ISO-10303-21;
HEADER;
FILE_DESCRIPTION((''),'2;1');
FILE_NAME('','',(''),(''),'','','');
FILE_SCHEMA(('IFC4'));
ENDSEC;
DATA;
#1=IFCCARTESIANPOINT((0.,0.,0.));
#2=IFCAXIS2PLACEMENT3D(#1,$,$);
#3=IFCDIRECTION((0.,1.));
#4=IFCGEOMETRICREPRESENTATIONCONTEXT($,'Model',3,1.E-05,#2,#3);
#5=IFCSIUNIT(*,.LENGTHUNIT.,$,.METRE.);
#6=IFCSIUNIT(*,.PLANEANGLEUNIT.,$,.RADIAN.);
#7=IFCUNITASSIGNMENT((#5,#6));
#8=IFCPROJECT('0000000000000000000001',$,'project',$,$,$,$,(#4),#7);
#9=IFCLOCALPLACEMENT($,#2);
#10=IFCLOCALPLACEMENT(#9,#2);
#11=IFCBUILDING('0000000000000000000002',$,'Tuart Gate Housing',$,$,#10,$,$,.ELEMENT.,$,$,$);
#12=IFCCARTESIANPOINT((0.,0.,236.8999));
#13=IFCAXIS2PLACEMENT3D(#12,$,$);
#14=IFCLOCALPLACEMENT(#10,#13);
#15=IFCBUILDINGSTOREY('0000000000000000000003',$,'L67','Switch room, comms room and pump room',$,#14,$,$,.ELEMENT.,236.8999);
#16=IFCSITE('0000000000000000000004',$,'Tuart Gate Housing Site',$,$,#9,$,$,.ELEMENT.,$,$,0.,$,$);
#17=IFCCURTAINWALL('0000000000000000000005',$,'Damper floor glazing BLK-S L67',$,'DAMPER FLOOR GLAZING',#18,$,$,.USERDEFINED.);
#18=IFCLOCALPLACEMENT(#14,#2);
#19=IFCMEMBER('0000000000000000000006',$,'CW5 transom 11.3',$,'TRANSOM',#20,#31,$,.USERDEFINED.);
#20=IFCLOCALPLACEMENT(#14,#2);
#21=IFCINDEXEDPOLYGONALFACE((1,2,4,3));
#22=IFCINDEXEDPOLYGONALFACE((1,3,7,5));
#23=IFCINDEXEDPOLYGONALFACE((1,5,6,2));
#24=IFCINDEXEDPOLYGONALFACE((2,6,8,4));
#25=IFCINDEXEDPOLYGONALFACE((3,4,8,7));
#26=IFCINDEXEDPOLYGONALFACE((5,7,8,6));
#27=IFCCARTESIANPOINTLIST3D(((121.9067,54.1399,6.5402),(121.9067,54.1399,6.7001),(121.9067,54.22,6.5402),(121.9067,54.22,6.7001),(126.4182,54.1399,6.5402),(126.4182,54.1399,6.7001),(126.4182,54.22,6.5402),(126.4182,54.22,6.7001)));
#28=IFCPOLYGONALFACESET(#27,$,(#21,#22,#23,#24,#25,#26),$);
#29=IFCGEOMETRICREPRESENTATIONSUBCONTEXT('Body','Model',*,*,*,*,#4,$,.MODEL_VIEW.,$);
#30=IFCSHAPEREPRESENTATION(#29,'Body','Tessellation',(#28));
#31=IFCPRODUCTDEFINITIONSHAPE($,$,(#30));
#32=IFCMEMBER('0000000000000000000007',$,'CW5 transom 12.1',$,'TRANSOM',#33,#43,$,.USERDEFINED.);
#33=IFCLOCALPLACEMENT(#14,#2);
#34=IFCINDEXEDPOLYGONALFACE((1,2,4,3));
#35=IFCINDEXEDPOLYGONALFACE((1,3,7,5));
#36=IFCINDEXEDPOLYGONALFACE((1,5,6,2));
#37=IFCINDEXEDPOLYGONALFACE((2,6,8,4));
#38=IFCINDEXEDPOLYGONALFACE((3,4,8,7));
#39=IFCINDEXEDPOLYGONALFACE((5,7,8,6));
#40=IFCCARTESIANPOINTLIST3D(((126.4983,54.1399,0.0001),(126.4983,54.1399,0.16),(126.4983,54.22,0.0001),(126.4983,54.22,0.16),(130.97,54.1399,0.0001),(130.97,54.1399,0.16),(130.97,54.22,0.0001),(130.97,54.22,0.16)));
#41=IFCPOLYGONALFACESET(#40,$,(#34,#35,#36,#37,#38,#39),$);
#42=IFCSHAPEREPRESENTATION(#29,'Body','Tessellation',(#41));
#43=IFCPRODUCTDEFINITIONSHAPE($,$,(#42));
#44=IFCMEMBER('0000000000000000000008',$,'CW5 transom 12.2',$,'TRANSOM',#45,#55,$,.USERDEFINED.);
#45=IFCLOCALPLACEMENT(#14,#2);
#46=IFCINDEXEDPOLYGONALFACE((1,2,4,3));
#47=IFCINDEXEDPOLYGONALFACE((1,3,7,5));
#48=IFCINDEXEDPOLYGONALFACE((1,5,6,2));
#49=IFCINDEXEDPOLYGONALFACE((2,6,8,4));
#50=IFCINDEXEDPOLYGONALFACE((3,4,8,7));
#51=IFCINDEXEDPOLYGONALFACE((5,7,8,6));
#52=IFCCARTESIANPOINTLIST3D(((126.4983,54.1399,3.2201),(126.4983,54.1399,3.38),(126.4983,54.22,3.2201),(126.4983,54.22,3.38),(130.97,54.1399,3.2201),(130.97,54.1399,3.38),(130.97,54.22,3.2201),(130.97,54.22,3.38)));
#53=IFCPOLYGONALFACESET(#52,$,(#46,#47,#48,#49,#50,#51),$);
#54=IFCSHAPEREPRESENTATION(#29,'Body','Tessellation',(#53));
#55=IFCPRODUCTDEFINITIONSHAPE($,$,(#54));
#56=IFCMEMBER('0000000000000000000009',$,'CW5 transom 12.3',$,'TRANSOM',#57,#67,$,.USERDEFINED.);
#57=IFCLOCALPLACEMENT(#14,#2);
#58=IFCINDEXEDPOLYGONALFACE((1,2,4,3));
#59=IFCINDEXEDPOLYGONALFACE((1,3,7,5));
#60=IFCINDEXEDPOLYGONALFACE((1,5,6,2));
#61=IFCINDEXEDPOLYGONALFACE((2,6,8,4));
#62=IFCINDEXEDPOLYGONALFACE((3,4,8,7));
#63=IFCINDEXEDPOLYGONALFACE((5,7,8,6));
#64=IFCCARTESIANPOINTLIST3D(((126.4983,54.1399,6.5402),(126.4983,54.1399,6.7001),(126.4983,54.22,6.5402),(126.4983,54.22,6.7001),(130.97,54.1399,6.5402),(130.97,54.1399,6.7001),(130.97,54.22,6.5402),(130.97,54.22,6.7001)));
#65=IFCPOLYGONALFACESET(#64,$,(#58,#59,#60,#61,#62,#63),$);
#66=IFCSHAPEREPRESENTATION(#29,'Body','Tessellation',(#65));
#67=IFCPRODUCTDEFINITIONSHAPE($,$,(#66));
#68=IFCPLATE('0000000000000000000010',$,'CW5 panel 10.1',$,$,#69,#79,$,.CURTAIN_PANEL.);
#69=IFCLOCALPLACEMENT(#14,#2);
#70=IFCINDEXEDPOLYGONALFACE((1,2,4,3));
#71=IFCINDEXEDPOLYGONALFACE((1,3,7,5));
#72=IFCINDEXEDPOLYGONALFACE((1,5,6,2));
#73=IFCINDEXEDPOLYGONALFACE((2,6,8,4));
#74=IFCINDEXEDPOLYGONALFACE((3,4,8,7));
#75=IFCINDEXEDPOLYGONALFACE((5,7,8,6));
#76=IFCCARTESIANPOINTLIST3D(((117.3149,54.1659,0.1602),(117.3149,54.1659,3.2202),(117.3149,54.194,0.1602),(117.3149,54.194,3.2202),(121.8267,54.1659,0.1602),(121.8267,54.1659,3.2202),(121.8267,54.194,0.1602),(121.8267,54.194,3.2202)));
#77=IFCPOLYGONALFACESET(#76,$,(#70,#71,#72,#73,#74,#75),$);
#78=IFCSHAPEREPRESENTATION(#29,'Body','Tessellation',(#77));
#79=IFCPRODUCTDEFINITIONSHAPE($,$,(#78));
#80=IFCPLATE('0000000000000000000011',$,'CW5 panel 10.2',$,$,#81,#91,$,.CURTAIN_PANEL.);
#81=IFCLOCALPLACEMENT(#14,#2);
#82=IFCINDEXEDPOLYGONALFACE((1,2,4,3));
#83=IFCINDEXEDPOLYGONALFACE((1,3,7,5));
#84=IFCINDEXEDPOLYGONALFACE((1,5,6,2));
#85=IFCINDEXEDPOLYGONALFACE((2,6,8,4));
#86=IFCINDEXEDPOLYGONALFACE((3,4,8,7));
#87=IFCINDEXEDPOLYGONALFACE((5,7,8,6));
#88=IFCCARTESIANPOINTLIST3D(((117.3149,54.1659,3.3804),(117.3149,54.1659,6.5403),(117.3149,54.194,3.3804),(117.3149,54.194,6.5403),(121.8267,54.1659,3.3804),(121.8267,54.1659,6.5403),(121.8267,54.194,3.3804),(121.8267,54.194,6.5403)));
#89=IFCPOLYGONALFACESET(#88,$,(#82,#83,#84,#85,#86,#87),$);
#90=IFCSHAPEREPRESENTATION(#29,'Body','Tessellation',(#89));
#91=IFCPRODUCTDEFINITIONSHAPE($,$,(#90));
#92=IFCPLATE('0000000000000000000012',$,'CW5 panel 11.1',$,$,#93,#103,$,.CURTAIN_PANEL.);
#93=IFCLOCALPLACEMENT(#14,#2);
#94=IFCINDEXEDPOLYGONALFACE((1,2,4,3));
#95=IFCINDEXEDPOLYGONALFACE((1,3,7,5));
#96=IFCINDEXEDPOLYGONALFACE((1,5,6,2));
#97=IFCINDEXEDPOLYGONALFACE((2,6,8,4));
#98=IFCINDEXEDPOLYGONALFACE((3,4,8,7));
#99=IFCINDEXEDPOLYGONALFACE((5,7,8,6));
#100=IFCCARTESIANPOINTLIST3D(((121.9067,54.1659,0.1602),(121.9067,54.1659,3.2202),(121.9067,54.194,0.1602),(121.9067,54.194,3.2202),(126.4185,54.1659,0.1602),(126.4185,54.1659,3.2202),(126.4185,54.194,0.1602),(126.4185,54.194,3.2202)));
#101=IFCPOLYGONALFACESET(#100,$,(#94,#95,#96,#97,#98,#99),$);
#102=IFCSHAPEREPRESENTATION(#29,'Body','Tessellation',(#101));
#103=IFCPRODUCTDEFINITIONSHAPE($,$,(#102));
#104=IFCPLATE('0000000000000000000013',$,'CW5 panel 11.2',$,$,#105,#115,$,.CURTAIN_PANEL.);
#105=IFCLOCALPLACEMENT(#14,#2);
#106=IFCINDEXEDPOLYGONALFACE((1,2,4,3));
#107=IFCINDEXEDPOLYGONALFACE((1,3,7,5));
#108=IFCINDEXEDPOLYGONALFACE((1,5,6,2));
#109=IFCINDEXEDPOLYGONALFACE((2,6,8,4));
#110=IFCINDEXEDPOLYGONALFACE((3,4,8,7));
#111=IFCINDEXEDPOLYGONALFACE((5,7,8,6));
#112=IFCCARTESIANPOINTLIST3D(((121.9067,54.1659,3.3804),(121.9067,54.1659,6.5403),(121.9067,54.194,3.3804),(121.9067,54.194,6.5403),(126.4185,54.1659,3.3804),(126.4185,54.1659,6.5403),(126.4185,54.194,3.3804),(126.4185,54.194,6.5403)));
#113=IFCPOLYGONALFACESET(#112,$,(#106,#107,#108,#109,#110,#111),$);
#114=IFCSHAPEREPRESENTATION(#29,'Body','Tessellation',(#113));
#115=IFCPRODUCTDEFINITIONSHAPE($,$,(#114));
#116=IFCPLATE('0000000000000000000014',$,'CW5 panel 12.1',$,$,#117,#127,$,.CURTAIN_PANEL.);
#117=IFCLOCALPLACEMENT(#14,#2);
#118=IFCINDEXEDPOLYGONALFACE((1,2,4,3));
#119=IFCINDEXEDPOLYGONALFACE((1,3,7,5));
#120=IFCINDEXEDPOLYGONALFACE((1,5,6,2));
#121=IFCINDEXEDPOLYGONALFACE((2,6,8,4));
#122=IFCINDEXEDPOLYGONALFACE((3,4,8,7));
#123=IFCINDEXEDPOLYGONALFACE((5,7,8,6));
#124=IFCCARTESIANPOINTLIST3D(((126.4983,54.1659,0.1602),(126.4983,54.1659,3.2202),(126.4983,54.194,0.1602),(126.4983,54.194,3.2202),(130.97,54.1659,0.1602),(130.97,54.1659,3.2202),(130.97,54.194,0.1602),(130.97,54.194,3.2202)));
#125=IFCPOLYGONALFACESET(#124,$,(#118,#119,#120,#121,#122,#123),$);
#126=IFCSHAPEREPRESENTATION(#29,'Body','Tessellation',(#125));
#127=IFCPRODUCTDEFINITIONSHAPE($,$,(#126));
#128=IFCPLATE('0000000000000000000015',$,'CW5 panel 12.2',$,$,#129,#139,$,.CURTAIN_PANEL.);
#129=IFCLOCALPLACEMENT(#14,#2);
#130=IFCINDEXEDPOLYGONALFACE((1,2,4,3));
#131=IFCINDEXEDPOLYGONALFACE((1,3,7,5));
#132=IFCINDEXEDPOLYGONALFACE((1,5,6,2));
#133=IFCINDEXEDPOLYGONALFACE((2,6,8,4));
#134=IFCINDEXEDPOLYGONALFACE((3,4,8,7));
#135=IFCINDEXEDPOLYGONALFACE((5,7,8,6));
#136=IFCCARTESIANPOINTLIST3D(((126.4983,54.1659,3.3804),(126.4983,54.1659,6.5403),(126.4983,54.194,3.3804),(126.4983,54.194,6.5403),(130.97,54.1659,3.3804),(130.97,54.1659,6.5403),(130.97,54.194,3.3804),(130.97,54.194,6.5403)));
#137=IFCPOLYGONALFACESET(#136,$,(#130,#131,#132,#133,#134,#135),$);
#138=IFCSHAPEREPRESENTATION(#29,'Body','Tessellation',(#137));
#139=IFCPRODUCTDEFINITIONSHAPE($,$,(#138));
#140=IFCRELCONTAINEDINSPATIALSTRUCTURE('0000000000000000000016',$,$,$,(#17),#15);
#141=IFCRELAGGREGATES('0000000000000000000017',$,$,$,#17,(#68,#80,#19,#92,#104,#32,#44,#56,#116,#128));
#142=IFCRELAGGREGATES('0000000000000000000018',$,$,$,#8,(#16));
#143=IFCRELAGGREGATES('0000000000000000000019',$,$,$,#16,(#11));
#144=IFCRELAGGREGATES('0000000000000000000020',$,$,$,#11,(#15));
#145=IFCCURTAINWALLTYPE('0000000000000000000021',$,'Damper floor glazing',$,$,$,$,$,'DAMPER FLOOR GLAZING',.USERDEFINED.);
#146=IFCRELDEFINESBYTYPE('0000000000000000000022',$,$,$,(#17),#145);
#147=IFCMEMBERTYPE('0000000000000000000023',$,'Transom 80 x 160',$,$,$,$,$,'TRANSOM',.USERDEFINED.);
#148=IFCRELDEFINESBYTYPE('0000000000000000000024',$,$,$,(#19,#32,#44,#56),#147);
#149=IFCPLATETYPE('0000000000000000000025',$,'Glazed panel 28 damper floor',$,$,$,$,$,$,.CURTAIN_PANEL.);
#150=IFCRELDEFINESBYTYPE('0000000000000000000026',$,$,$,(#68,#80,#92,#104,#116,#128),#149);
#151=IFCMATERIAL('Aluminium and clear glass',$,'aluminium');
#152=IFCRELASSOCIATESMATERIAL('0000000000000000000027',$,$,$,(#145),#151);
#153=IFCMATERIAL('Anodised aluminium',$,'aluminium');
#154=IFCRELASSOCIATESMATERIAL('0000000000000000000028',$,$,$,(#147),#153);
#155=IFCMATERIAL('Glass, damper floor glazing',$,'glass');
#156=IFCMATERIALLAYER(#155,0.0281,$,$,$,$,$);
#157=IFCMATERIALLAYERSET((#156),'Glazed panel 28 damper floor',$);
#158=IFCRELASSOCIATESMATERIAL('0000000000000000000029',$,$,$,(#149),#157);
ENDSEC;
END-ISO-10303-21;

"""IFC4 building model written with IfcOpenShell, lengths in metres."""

from ifc_helpers import new_model, si_unit, direction, frame, origin, origin_2d, place, context, subcontext, project, spatial, rectangle, extrude, material, layer, layer_set, material_profile, profile_set, type_object, element, aggregate, save


model = new_model("IFC4")

# Units and contexts
model_context = context("Model", 3, precision=1e-05, world=origin(), true_north=direction((0.0, 1.0)))
body_context = subcontext(model_context, "Body", "Model", "MODEL_VIEW")
ifc_project = project(units=[si_unit("LENGTHUNIT", "METRE"), si_unit("PLANEANGLEUNIT", "RADIAN")], contexts=[model_context])

# Site, building, storey
site_placement = place(None, origin())
site = spatial("IfcSite", under=ifc_project, at=site_placement, Name="Tuart Gate Housing Site", CompositionType="ELEMENT", RefElevation=0.0)
building_placement = place(site_placement, origin())
building = spatial("IfcBuilding", under=site, at=building_placement, Name="Tuart Gate Housing", CompositionType="ELEMENT")
storey_placement = place(building_placement, frame((0.0, 0.0, 236.8999)))
storey = spatial("IfcBuildingStorey", under=building, at=storey_placement, Name="L67", Description="Switch room, comms room and pump room", CompositionType="ELEMENT", Elevation=236.8999)

# Curtain wall, members, plates
ifc_material_1 = material(Name="Aluminium and clear glass", Category="aluminium")
curtain_wall_type = type_object("IfcCurtainWallType", Name="Damper floor glazing", ElementType="DAMPER FLOOR GLAZING", PredefinedType="USERDEFINED", material=ifc_material_1)
curtain_wall_placement = place(storey_placement, origin())
curtain_wall = element("IfcCurtainWall", 1, at=curtain_wall_placement, inside=storey, type_object=curtain_wall_type, Name="Damper floor glazing BLK-S L67", ObjectType="DAMPER FLOOR GLAZING", PredefinedType="USERDEFINED")
ifc_material_2 = material(Name="Anodised aluminium", Category="aluminium")
ifc_material_profile_1 = material_profile(ifc_material_2, rectangle(XDim=0.0801, YDim=0.1599, at=origin_2d()), Name="80x160")
ifc_profile_set_1 = profile_set([ifc_material_profile_1], Name="Anodised aluminium")
member_type_1 = type_object("IfcMemberType", Name="Transom 80 x 160", ElementType="TRANSOM", PredefinedType="USERDEFINED", material=ifc_profile_set_1)
member_1_placement = place(storey_placement, frame((121.9067, 54.1799, 6.6201), z_axis=(1.0, 0.0, 0.0), x_axis=(0.0, 1.0, 0.0)))
member_1 = element("IfcMember", 2, at=member_1_placement, type_object=member_type_1, Name="CW5 transom 11.3", ObjectType="TRANSOM", PredefinedType="USERDEFINED", context=body_context, shape_type="SweptSolid", body=[
    extrude(rectangle(XDim=0.0801, YDim=0.1599, at=origin_2d()), origin(), (0.0, 0.0, 1.0), 4.5115),
])
member_2_placement = place(storey_placement, frame((126.4983, 54.1799, 0.0801), z_axis=(1.0, 0.0, 0.0), x_axis=(0.0, 1.0, 0.0)))
member_2 = element("IfcMember", 3, at=member_2_placement, type_object=member_type_1, Name="CW5 transom 12.1", ObjectType="TRANSOM", PredefinedType="USERDEFINED", context=body_context, shape_type="SweptSolid", body=[
    extrude(rectangle(XDim=0.0801, YDim=0.1599, at=origin_2d()), origin(), (0.0, 0.0, 1.0), 4.4717),
])
member_3_placement = place(storey_placement, frame((126.4983, 54.1799, 3.3), z_axis=(1.0, 0.0, 0.0), x_axis=(0.0, 1.0, 0.0)))
member_3 = element("IfcMember", 4, at=member_3_placement, type_object=member_type_1, Name="CW5 transom 12.2", ObjectType="TRANSOM", PredefinedType="USERDEFINED", context=body_context, shape_type="SweptSolid", body=[
    extrude(rectangle(XDim=0.0801, YDim=0.1599, at=origin_2d()), origin(), (0.0, 0.0, 1.0), 4.4717),
])
member_4_placement = place(storey_placement, frame((126.4983, 54.1799, 6.6201), z_axis=(1.0, 0.0, 0.0), x_axis=(0.0, 1.0, 0.0)))
member_4 = element("IfcMember", 5, at=member_4_placement, type_object=member_type_1, Name="CW5 transom 12.3", ObjectType="TRANSOM", PredefinedType="USERDEFINED", context=body_context, shape_type="SweptSolid", body=[
    extrude(rectangle(XDim=0.0801, YDim=0.1599, at=origin_2d()), origin(), (0.0, 0.0, 1.0), 4.4717),
])
ifc_material_3 = material(Name="Glass, damper floor glazing", Category="glass")
ifc_layer = layer(ifc_material_3, 0.0281)
ifc_layer_set = layer_set([ifc_layer], Name="Glazed panel 28 damper floor")
plate_type = type_object("IfcPlateType", Name="Glazed panel 28 damper floor", PredefinedType="CURTAIN_PANEL", material=ifc_layer_set)
plate_1_placement = place(storey_placement, frame((119.5708, 54.1799, 0.1602), z_axis=(0.0, 0.0, 1.0), x_axis=(1.0, 0.0, 0.0)))
plate_1 = element("IfcPlate", 6, at=plate_1_placement, type_object=plate_type, Name="CW5 panel 10.1", PredefinedType="CURTAIN_PANEL", context=body_context, shape_type="SweptSolid", body=[
    extrude(rectangle(XDim=4.5117, YDim=0.0281, at=origin_2d()), origin(), (0.0, 0.0, 1.0), 3.0601),
])
plate_2_placement = place(storey_placement, frame((119.5708, 54.1799, 3.3804), z_axis=(0.0, 0.0, 1.0), x_axis=(1.0, 0.0, 0.0)))
plate_2 = element("IfcPlate", 7, at=plate_2_placement, type_object=plate_type, Name="CW5 panel 10.2", PredefinedType="CURTAIN_PANEL", context=body_context, shape_type="SweptSolid", body=[
    extrude(rectangle(XDim=4.5117, YDim=0.0281, at=origin_2d()), origin(), (0.0, 0.0, 1.0), 3.1599),
])
plate_3_placement = place(storey_placement, frame((124.1626, 54.1799, 0.1602), z_axis=(0.0, 0.0, 1.0), x_axis=(1.0, 0.0, 0.0)))
plate_3 = element("IfcPlate", 8, at=plate_3_placement, type_object=plate_type, Name="CW5 panel 11.1", PredefinedType="CURTAIN_PANEL", context=body_context, shape_type="SweptSolid", body=[
    extrude(rectangle(XDim=4.5117, YDim=0.0281, at=origin_2d()), origin(), (0.0, 0.0, 1.0), 3.0601),
])
plate_4_placement = place(storey_placement, frame((124.1626, 54.1799, 3.3804), z_axis=(0.0, 0.0, 1.0), x_axis=(1.0, 0.0, 0.0)))
plate_4 = element("IfcPlate", 9, at=plate_4_placement, type_object=plate_type, Name="CW5 panel 11.2", PredefinedType="CURTAIN_PANEL", context=body_context, shape_type="SweptSolid", body=[
    extrude(rectangle(XDim=4.5117, YDim=0.0281, at=origin_2d()), origin(), (0.0, 0.0, 1.0), 3.1599),
])
plate_5_placement = place(storey_placement, frame((128.7341, 54.1799, 0.1602), z_axis=(0.0, 0.0, 1.0), x_axis=(1.0, 0.0, 0.0)))
plate_5 = element("IfcPlate", 10, at=plate_5_placement, type_object=plate_type, Name="CW5 panel 12.1", PredefinedType="CURTAIN_PANEL", context=body_context, shape_type="SweptSolid", body=[
    extrude(rectangle(XDim=4.4717, YDim=0.0281, at=origin_2d()), origin(), (0.0, 0.0, 1.0), 3.0601),
])
plate_6_placement = place(storey_placement, frame((128.7341, 54.1799, 3.3804), z_axis=(0.0, 0.0, 1.0), x_axis=(1.0, 0.0, 0.0)))
plate_6 = element("IfcPlate", 11, at=plate_6_placement, type_object=plate_type, Name="CW5 panel 12.2", PredefinedType="CURTAIN_PANEL", context=body_context, shape_type="SweptSolid", body=[
    extrude(rectangle(XDim=4.4717, YDim=0.0281, at=origin_2d()), origin(), (0.0, 0.0, 1.0), 3.1599),
])
aggregate(curtain_wall, [plate_1, plate_2, member_1, plate_3, plate_4, member_2, member_3, member_4, plate_5, plate_6])

save(model, "model.ifc")
